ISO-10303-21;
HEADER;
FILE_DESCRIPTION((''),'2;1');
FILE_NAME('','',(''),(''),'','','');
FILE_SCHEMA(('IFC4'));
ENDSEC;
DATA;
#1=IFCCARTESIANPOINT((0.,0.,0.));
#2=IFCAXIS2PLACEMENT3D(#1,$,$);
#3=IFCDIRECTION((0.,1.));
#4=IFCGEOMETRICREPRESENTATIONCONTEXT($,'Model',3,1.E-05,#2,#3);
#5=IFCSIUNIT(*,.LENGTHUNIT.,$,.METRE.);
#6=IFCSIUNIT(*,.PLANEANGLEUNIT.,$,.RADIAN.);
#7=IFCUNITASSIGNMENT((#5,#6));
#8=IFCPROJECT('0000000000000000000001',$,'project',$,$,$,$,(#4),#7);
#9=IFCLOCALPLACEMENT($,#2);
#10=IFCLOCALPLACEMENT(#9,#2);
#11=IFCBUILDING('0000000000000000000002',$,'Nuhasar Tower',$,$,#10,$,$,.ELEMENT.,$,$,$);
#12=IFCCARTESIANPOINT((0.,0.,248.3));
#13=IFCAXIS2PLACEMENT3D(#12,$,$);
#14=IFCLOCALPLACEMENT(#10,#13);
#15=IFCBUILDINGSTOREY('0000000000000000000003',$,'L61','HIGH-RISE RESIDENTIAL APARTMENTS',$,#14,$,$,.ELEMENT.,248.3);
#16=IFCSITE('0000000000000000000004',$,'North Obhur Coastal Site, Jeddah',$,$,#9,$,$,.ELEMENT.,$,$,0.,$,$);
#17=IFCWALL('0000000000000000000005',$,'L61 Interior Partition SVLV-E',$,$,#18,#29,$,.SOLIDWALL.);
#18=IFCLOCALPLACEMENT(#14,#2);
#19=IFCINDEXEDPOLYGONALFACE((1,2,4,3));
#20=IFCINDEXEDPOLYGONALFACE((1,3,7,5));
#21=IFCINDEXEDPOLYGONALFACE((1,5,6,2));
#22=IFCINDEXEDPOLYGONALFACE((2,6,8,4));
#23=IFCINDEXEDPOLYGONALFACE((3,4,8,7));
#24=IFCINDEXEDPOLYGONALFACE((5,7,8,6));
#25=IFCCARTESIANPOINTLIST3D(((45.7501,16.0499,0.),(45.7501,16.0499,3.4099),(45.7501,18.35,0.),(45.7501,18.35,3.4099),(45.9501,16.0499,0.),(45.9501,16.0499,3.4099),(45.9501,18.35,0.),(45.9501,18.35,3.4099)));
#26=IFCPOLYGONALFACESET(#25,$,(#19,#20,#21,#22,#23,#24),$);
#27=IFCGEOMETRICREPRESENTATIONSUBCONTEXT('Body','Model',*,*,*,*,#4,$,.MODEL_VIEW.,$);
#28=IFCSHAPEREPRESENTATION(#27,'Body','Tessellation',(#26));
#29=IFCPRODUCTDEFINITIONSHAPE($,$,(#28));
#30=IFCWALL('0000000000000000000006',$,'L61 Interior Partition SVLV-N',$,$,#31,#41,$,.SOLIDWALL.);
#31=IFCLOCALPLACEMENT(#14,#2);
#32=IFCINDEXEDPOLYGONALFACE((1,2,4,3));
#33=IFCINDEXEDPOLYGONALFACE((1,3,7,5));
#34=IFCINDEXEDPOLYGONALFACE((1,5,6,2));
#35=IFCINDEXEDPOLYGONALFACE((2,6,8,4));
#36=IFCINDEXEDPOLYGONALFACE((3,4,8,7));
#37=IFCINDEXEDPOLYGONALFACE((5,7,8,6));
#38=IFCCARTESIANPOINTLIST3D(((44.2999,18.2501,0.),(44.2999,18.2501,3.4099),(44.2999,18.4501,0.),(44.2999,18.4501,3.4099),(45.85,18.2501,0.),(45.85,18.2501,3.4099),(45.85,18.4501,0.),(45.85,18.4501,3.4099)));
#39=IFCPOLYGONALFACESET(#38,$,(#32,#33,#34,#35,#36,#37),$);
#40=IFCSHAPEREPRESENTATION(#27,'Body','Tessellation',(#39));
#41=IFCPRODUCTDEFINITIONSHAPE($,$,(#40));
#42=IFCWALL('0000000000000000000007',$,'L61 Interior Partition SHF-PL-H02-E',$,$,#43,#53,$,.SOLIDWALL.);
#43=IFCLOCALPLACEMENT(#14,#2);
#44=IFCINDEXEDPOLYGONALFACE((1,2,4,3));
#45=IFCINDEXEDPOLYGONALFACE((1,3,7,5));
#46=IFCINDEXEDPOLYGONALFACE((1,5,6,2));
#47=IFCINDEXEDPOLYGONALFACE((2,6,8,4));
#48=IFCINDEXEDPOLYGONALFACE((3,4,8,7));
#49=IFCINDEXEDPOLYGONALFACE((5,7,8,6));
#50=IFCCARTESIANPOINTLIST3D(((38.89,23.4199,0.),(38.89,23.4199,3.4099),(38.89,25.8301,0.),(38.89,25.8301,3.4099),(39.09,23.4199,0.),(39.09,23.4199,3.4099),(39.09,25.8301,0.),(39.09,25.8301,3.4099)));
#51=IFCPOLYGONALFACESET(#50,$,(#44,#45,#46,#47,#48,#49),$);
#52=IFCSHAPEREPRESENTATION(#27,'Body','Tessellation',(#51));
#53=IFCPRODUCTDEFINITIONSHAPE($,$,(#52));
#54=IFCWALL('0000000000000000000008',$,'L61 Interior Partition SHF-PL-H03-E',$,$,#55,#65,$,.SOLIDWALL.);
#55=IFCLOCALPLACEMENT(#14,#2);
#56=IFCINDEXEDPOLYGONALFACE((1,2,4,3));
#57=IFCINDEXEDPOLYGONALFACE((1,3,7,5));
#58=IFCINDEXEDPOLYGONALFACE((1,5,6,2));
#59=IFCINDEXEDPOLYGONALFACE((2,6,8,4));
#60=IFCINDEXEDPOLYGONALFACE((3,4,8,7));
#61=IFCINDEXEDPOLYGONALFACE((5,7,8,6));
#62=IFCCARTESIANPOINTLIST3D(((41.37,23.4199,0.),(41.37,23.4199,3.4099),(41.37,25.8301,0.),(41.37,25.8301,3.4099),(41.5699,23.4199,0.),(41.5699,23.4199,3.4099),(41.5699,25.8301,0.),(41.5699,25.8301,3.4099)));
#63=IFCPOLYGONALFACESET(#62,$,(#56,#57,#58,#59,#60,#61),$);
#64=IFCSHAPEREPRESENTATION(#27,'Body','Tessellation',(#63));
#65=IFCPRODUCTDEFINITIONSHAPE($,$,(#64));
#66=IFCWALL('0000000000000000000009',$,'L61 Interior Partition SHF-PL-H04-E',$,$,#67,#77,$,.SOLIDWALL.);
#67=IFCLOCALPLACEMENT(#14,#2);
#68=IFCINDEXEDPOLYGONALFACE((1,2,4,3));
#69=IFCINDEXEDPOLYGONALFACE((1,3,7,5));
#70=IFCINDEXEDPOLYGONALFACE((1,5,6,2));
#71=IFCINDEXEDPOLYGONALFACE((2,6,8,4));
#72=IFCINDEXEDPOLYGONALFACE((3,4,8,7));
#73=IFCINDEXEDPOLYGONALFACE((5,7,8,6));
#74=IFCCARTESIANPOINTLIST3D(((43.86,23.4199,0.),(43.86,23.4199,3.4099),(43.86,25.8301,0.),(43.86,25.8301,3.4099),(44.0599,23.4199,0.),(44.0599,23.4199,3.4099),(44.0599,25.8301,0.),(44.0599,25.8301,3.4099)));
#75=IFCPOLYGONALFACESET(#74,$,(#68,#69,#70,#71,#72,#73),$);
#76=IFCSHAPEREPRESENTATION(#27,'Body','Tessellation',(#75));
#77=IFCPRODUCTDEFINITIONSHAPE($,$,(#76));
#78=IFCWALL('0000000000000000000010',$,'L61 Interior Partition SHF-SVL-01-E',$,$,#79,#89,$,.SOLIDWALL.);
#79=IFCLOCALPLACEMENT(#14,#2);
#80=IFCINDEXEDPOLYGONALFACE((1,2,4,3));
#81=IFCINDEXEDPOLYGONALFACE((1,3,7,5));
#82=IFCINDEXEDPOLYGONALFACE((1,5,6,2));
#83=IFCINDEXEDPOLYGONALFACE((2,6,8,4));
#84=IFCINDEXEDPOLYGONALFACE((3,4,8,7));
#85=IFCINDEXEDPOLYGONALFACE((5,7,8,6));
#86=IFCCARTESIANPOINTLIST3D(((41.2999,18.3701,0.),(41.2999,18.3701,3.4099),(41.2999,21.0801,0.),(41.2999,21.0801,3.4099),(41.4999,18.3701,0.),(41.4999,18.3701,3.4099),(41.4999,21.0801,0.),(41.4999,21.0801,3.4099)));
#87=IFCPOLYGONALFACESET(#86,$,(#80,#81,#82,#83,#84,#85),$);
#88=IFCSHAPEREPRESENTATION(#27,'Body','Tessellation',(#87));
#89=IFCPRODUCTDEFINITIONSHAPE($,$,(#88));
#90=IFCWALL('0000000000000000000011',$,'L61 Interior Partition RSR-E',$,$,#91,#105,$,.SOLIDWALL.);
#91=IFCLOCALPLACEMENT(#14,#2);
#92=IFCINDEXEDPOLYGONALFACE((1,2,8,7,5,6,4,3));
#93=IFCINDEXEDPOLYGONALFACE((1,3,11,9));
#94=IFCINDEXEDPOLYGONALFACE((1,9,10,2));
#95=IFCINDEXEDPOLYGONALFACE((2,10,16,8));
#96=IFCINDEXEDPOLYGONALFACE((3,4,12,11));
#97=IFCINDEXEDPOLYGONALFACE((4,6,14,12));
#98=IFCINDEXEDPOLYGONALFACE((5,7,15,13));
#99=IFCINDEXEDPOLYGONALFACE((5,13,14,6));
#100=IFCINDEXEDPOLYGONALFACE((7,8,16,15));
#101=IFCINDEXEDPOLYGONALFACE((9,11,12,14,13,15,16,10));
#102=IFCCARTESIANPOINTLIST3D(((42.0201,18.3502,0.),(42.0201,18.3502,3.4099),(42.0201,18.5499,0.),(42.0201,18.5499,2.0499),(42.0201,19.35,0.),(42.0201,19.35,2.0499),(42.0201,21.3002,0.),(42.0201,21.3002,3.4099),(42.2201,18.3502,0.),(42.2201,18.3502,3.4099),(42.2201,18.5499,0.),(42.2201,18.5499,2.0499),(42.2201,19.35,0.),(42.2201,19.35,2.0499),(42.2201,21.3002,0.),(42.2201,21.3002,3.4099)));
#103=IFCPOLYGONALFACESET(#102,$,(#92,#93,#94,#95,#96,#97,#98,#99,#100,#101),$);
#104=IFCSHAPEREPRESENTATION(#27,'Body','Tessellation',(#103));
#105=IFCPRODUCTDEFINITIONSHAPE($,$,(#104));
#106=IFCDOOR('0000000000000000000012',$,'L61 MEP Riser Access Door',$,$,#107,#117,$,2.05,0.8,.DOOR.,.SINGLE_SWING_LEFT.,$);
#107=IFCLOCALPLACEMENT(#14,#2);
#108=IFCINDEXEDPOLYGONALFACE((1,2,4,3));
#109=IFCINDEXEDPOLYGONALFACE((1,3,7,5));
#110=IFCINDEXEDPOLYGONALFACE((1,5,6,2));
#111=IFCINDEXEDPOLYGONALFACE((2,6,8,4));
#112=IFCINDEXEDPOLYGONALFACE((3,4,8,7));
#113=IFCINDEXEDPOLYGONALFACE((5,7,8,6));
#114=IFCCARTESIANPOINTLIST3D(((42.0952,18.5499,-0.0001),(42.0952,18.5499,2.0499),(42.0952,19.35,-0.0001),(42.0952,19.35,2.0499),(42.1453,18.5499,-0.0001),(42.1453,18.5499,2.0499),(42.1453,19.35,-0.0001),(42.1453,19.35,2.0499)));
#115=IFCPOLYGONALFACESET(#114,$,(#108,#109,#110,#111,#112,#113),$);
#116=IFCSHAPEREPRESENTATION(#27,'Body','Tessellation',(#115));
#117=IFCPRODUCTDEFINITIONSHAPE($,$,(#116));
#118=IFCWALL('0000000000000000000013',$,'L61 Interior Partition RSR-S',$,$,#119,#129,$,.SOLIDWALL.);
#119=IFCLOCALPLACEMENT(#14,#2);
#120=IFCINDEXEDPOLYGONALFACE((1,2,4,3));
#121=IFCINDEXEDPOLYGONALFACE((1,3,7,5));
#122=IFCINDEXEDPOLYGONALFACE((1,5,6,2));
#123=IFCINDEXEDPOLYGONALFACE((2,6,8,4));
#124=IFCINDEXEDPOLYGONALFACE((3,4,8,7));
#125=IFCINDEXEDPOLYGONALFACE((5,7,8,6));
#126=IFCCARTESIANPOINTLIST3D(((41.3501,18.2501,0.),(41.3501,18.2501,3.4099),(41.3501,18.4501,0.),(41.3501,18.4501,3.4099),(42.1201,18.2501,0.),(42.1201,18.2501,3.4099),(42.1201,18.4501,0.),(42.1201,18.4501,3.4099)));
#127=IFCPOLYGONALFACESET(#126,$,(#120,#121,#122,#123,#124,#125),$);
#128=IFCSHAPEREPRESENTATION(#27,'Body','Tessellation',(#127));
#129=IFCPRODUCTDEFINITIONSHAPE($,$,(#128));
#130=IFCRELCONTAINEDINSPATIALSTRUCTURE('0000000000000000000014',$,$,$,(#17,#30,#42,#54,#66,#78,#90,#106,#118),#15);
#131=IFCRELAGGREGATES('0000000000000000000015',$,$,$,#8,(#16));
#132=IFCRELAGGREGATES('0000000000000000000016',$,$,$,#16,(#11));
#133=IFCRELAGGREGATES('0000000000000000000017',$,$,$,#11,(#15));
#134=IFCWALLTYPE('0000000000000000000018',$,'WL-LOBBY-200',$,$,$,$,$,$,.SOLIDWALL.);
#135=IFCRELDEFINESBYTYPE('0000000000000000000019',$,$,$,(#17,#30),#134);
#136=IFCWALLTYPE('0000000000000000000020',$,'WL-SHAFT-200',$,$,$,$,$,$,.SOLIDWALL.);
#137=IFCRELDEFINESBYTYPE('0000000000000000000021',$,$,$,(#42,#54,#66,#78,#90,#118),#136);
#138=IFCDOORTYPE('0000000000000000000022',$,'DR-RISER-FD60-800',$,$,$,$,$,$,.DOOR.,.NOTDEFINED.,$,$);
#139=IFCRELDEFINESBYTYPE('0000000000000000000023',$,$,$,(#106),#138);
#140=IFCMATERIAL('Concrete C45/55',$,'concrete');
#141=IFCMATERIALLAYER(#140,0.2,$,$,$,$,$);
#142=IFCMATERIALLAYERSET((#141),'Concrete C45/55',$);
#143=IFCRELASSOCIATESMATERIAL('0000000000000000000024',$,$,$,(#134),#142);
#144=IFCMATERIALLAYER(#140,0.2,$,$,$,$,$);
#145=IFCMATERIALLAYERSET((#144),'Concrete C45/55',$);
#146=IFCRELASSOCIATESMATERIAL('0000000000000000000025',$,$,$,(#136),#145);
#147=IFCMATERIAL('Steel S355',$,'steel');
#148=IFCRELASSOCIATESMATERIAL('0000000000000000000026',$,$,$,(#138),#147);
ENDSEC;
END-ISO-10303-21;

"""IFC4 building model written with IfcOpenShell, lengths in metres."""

from ifc_helpers import new_model, si_unit, direction, frame, frame_2d, origin, place, context, subcontext, project, spatial, rectangle, extrude, material, layer, layer_set, type_object, element, fill, save


model = new_model("IFC4")

# Units and contexts
model_context = context("Model", 3, precision=1e-05, world=origin(), true_north=direction((0.0, 1.0)))
body_context = subcontext(model_context, "Body", "Model", "MODEL_VIEW")
ifc_project = project(units=[si_unit("LENGTHUNIT", "METRE"), si_unit("PLANEANGLEUNIT", "RADIAN")], contexts=[model_context])

# Site, building, storey
site_placement = place(None, origin())
site = spatial("IfcSite", under=ifc_project, at=site_placement, Name="North Obhur Coastal Site, Jeddah", CompositionType="ELEMENT", RefElevation=0.0)
building_placement = place(site_placement, origin())
building = spatial("IfcBuilding", under=site, at=building_placement, Name="Nuhasar Tower", CompositionType="ELEMENT")
storey_placement = place(building_placement, frame((0.0, 0.0, 248.3)))
storey = spatial("IfcBuildingStorey", under=building, at=storey_placement, Name="L61", Description="HIGH-RISE RESIDENTIAL APARTMENTS", CompositionType="ELEMENT", Elevation=248.3)

# Shared definitions
ifc_material_1 = material(Name="Steel S355", Category="steel")

# Shared definitions
ifc_material_2 = material(Name="Concrete C45/55", Category="concrete")
ifc_layer_1 = layer(ifc_material_2, 0.2)
ifc_layer_set_1 = layer_set([ifc_layer_1], Name="Concrete C45/55")
wall_type_1 = type_object("IfcWallType", Name="WL-LOBBY-200", PredefinedType="SOLIDWALL", material=ifc_layer_set_1)

# Walls
wall_1_placement = place(storey_placement, frame((45.8501, 16.05, 0.0), z_axis=(0.0, 0.0, 1.0), x_axis=(0.0, 1.0, 0.0)))
element("IfcWall", 1, at=wall_1_placement, inside=storey, type_object=wall_type_1, Name="L61 Interior Partition SVLV-E", PredefinedType="SOLIDWALL", context=body_context, shape_type="SweptSolid", body=[
    extrude(rectangle(XDim=2.3, YDim=0.2, at=frame_2d((1.1499, 0.0))), origin(), (0.0, 0.0, 1.0), 3.4099),
])
wall_2_placement = place(storey_placement, frame((44.3, 18.3501, 0.0), z_axis=(0.0, 0.0, 1.0), x_axis=(1.0, 0.0, 0.0)))
element("IfcWall", 2, at=wall_2_placement, inside=storey, type_object=wall_type_1, Name="L61 Interior Partition SVLV-N", PredefinedType="SOLIDWALL", context=body_context, shape_type="SweptSolid", body=[
    extrude(rectangle(XDim=1.55, YDim=0.2, at=frame_2d((0.7749, 0.0))), origin(), (0.0, 0.0, 1.0), 3.4099),
])
ifc_layer_2 = layer(ifc_material_2, 0.2)
ifc_layer_set_2 = layer_set([ifc_layer_2], Name="Concrete C45/55")
wall_type_2 = type_object("IfcWallType", Name="WL-SHAFT-200", PredefinedType="SOLIDWALL", material=ifc_layer_set_2)
wall_3_placement = place(storey_placement, frame((38.99, 23.4199, 0.0), z_axis=(0.0, 0.0, 1.0), x_axis=(0.0, 1.0, 0.0)))
element("IfcWall", 3, at=wall_3_placement, inside=storey, type_object=wall_type_2, Name="L61 Interior Partition SHF-PL-H02-E", PredefinedType="SOLIDWALL", context=body_context, shape_type="SweptSolid", body=[
    extrude(rectangle(XDim=2.4102, YDim=0.2, at=frame_2d((1.2051, 0.0))), origin(), (0.0, 0.0, 1.0), 3.4099),
])

# Wall
wall_4_placement = place(storey_placement, frame((41.47, 23.4199, 0.0), z_axis=(0.0, 0.0, 1.0), x_axis=(0.0, 1.0, 0.0)))
element("IfcWall", 4, at=wall_4_placement, inside=storey, type_object=wall_type_2, Name="L61 Interior Partition SHF-PL-H03-E", PredefinedType="SOLIDWALL", context=body_context, shape_type="SweptSolid", body=[
    extrude(rectangle(XDim=2.4102, YDim=0.2, at=frame_2d((1.2051, 0.0))), origin(), (0.0, 0.0, 1.0), 3.4099),
])

# Walls
wall_5_placement = place(storey_placement, frame((43.96, 23.4199, 0.0), z_axis=(0.0, 0.0, 1.0), x_axis=(0.0, 1.0, 0.0)))
element("IfcWall", 5, at=wall_5_placement, inside=storey, type_object=wall_type_2, Name="L61 Interior Partition SHF-PL-H04-E", PredefinedType="SOLIDWALL", context=body_context, shape_type="SweptSolid", body=[
    extrude(rectangle(XDim=2.4102, YDim=0.2, at=frame_2d((1.2051, 0.0))), origin(), (0.0, 0.0, 1.0), 3.4099),
])
wall_6_placement = place(storey_placement, frame((41.3999, 18.3701, 0.0), z_axis=(0.0, 0.0, 1.0), x_axis=(0.0, 1.0, 0.0)))
element("IfcWall", 6, at=wall_6_placement, inside=storey, type_object=wall_type_2, Name="L61 Interior Partition SHF-SVL-01-E", PredefinedType="SOLIDWALL", context=body_context, shape_type="SweptSolid", body=[
    extrude(rectangle(XDim=2.71, YDim=0.2, at=frame_2d((1.355, 0.0))), origin(), (0.0, 0.0, 1.0), 3.4099),
])

# Wall, opening, door
wall_7_placement = place(storey_placement, frame((42.1201, 18.3501, 0.0), z_axis=(0.0, 0.0, 1.0), x_axis=(0.0, 1.0, 0.0)))
wall_7 = element("IfcWall", 7, at=wall_7_placement, inside=storey, type_object=wall_type_2, Name="L61 Interior Partition RSR-E", PredefinedType="SOLIDWALL", context=body_context, shape_type="SweptSolid", body=[
    extrude(rectangle(XDim=2.95, YDim=0.2, at=frame_2d((1.4751, 0.0))), origin(), (0.0, 0.0, 1.0), 3.4099),
])
opening_1_placement = place(wall_7_placement, frame((0.2, 0.0, 0.0)))
opening_1 = element("IfcOpeningElement", 8, at=opening_1_placement, cuts=wall_7, PredefinedType="OPENING", context=body_context, shape_type="SweptSolid", body=[
    extrude(rectangle(XDim=0.8, YDim=2.05, at=frame_2d((0.3999, 1.0249))), frame((0.0, 0.1099, 0.0), z_axis=(0.0, -1.0, 0.0), x_axis=(1.0, 0.0, 0.0)), (0.0, 0.0, 1.0), 0.22),
])
door_type_1 = type_object("IfcDoorType", Name="DR-RISER-FD60-800", OperationType="NOTDEFINED", PredefinedType="DOOR", material=ifc_material_1)
door_1_placement = place(opening_1_placement, origin())
door_1 = element("IfcDoor", 9, at=door_1_placement, inside=storey, type_object=door_type_1, Name="L61 MEP Riser Access Door", OperationType="SINGLE_SWING_LEFT", OverallHeight=2.05, OverallWidth=0.8, PredefinedType="DOOR", context=body_context, shape_type="SweptSolid", body=[
    extrude(rectangle(XDim=0.8, YDim=2.05, at=frame_2d((0.3999, 1.0249))), frame((0.0, 0.0249, 0.0), z_axis=(0.0, -1.0, 0.0), x_axis=(1.0, 0.0, 0.0)), (0.0, 0.0, 1.0), 0.05),
])
fill(opening_1, door_1)

# Wall
wall_8_placement = place(storey_placement, frame((41.3501, 18.3501, 0.0), z_axis=(0.0, 0.0, 1.0), x_axis=(1.0, 0.0, 0.0)))
element("IfcWall", 10, at=wall_8_placement, inside=storey, type_object=wall_type_2, Name="L61 Interior Partition RSR-S", PredefinedType="SOLIDWALL", context=body_context, shape_type="SweptSolid", body=[
    extrude(rectangle(XDim=0.77, YDim=0.2, at=frame_2d((0.385, 0.0))), origin(), (0.0, 0.0, 1.0), 3.4099),
])

save(model, "model.ifc")
